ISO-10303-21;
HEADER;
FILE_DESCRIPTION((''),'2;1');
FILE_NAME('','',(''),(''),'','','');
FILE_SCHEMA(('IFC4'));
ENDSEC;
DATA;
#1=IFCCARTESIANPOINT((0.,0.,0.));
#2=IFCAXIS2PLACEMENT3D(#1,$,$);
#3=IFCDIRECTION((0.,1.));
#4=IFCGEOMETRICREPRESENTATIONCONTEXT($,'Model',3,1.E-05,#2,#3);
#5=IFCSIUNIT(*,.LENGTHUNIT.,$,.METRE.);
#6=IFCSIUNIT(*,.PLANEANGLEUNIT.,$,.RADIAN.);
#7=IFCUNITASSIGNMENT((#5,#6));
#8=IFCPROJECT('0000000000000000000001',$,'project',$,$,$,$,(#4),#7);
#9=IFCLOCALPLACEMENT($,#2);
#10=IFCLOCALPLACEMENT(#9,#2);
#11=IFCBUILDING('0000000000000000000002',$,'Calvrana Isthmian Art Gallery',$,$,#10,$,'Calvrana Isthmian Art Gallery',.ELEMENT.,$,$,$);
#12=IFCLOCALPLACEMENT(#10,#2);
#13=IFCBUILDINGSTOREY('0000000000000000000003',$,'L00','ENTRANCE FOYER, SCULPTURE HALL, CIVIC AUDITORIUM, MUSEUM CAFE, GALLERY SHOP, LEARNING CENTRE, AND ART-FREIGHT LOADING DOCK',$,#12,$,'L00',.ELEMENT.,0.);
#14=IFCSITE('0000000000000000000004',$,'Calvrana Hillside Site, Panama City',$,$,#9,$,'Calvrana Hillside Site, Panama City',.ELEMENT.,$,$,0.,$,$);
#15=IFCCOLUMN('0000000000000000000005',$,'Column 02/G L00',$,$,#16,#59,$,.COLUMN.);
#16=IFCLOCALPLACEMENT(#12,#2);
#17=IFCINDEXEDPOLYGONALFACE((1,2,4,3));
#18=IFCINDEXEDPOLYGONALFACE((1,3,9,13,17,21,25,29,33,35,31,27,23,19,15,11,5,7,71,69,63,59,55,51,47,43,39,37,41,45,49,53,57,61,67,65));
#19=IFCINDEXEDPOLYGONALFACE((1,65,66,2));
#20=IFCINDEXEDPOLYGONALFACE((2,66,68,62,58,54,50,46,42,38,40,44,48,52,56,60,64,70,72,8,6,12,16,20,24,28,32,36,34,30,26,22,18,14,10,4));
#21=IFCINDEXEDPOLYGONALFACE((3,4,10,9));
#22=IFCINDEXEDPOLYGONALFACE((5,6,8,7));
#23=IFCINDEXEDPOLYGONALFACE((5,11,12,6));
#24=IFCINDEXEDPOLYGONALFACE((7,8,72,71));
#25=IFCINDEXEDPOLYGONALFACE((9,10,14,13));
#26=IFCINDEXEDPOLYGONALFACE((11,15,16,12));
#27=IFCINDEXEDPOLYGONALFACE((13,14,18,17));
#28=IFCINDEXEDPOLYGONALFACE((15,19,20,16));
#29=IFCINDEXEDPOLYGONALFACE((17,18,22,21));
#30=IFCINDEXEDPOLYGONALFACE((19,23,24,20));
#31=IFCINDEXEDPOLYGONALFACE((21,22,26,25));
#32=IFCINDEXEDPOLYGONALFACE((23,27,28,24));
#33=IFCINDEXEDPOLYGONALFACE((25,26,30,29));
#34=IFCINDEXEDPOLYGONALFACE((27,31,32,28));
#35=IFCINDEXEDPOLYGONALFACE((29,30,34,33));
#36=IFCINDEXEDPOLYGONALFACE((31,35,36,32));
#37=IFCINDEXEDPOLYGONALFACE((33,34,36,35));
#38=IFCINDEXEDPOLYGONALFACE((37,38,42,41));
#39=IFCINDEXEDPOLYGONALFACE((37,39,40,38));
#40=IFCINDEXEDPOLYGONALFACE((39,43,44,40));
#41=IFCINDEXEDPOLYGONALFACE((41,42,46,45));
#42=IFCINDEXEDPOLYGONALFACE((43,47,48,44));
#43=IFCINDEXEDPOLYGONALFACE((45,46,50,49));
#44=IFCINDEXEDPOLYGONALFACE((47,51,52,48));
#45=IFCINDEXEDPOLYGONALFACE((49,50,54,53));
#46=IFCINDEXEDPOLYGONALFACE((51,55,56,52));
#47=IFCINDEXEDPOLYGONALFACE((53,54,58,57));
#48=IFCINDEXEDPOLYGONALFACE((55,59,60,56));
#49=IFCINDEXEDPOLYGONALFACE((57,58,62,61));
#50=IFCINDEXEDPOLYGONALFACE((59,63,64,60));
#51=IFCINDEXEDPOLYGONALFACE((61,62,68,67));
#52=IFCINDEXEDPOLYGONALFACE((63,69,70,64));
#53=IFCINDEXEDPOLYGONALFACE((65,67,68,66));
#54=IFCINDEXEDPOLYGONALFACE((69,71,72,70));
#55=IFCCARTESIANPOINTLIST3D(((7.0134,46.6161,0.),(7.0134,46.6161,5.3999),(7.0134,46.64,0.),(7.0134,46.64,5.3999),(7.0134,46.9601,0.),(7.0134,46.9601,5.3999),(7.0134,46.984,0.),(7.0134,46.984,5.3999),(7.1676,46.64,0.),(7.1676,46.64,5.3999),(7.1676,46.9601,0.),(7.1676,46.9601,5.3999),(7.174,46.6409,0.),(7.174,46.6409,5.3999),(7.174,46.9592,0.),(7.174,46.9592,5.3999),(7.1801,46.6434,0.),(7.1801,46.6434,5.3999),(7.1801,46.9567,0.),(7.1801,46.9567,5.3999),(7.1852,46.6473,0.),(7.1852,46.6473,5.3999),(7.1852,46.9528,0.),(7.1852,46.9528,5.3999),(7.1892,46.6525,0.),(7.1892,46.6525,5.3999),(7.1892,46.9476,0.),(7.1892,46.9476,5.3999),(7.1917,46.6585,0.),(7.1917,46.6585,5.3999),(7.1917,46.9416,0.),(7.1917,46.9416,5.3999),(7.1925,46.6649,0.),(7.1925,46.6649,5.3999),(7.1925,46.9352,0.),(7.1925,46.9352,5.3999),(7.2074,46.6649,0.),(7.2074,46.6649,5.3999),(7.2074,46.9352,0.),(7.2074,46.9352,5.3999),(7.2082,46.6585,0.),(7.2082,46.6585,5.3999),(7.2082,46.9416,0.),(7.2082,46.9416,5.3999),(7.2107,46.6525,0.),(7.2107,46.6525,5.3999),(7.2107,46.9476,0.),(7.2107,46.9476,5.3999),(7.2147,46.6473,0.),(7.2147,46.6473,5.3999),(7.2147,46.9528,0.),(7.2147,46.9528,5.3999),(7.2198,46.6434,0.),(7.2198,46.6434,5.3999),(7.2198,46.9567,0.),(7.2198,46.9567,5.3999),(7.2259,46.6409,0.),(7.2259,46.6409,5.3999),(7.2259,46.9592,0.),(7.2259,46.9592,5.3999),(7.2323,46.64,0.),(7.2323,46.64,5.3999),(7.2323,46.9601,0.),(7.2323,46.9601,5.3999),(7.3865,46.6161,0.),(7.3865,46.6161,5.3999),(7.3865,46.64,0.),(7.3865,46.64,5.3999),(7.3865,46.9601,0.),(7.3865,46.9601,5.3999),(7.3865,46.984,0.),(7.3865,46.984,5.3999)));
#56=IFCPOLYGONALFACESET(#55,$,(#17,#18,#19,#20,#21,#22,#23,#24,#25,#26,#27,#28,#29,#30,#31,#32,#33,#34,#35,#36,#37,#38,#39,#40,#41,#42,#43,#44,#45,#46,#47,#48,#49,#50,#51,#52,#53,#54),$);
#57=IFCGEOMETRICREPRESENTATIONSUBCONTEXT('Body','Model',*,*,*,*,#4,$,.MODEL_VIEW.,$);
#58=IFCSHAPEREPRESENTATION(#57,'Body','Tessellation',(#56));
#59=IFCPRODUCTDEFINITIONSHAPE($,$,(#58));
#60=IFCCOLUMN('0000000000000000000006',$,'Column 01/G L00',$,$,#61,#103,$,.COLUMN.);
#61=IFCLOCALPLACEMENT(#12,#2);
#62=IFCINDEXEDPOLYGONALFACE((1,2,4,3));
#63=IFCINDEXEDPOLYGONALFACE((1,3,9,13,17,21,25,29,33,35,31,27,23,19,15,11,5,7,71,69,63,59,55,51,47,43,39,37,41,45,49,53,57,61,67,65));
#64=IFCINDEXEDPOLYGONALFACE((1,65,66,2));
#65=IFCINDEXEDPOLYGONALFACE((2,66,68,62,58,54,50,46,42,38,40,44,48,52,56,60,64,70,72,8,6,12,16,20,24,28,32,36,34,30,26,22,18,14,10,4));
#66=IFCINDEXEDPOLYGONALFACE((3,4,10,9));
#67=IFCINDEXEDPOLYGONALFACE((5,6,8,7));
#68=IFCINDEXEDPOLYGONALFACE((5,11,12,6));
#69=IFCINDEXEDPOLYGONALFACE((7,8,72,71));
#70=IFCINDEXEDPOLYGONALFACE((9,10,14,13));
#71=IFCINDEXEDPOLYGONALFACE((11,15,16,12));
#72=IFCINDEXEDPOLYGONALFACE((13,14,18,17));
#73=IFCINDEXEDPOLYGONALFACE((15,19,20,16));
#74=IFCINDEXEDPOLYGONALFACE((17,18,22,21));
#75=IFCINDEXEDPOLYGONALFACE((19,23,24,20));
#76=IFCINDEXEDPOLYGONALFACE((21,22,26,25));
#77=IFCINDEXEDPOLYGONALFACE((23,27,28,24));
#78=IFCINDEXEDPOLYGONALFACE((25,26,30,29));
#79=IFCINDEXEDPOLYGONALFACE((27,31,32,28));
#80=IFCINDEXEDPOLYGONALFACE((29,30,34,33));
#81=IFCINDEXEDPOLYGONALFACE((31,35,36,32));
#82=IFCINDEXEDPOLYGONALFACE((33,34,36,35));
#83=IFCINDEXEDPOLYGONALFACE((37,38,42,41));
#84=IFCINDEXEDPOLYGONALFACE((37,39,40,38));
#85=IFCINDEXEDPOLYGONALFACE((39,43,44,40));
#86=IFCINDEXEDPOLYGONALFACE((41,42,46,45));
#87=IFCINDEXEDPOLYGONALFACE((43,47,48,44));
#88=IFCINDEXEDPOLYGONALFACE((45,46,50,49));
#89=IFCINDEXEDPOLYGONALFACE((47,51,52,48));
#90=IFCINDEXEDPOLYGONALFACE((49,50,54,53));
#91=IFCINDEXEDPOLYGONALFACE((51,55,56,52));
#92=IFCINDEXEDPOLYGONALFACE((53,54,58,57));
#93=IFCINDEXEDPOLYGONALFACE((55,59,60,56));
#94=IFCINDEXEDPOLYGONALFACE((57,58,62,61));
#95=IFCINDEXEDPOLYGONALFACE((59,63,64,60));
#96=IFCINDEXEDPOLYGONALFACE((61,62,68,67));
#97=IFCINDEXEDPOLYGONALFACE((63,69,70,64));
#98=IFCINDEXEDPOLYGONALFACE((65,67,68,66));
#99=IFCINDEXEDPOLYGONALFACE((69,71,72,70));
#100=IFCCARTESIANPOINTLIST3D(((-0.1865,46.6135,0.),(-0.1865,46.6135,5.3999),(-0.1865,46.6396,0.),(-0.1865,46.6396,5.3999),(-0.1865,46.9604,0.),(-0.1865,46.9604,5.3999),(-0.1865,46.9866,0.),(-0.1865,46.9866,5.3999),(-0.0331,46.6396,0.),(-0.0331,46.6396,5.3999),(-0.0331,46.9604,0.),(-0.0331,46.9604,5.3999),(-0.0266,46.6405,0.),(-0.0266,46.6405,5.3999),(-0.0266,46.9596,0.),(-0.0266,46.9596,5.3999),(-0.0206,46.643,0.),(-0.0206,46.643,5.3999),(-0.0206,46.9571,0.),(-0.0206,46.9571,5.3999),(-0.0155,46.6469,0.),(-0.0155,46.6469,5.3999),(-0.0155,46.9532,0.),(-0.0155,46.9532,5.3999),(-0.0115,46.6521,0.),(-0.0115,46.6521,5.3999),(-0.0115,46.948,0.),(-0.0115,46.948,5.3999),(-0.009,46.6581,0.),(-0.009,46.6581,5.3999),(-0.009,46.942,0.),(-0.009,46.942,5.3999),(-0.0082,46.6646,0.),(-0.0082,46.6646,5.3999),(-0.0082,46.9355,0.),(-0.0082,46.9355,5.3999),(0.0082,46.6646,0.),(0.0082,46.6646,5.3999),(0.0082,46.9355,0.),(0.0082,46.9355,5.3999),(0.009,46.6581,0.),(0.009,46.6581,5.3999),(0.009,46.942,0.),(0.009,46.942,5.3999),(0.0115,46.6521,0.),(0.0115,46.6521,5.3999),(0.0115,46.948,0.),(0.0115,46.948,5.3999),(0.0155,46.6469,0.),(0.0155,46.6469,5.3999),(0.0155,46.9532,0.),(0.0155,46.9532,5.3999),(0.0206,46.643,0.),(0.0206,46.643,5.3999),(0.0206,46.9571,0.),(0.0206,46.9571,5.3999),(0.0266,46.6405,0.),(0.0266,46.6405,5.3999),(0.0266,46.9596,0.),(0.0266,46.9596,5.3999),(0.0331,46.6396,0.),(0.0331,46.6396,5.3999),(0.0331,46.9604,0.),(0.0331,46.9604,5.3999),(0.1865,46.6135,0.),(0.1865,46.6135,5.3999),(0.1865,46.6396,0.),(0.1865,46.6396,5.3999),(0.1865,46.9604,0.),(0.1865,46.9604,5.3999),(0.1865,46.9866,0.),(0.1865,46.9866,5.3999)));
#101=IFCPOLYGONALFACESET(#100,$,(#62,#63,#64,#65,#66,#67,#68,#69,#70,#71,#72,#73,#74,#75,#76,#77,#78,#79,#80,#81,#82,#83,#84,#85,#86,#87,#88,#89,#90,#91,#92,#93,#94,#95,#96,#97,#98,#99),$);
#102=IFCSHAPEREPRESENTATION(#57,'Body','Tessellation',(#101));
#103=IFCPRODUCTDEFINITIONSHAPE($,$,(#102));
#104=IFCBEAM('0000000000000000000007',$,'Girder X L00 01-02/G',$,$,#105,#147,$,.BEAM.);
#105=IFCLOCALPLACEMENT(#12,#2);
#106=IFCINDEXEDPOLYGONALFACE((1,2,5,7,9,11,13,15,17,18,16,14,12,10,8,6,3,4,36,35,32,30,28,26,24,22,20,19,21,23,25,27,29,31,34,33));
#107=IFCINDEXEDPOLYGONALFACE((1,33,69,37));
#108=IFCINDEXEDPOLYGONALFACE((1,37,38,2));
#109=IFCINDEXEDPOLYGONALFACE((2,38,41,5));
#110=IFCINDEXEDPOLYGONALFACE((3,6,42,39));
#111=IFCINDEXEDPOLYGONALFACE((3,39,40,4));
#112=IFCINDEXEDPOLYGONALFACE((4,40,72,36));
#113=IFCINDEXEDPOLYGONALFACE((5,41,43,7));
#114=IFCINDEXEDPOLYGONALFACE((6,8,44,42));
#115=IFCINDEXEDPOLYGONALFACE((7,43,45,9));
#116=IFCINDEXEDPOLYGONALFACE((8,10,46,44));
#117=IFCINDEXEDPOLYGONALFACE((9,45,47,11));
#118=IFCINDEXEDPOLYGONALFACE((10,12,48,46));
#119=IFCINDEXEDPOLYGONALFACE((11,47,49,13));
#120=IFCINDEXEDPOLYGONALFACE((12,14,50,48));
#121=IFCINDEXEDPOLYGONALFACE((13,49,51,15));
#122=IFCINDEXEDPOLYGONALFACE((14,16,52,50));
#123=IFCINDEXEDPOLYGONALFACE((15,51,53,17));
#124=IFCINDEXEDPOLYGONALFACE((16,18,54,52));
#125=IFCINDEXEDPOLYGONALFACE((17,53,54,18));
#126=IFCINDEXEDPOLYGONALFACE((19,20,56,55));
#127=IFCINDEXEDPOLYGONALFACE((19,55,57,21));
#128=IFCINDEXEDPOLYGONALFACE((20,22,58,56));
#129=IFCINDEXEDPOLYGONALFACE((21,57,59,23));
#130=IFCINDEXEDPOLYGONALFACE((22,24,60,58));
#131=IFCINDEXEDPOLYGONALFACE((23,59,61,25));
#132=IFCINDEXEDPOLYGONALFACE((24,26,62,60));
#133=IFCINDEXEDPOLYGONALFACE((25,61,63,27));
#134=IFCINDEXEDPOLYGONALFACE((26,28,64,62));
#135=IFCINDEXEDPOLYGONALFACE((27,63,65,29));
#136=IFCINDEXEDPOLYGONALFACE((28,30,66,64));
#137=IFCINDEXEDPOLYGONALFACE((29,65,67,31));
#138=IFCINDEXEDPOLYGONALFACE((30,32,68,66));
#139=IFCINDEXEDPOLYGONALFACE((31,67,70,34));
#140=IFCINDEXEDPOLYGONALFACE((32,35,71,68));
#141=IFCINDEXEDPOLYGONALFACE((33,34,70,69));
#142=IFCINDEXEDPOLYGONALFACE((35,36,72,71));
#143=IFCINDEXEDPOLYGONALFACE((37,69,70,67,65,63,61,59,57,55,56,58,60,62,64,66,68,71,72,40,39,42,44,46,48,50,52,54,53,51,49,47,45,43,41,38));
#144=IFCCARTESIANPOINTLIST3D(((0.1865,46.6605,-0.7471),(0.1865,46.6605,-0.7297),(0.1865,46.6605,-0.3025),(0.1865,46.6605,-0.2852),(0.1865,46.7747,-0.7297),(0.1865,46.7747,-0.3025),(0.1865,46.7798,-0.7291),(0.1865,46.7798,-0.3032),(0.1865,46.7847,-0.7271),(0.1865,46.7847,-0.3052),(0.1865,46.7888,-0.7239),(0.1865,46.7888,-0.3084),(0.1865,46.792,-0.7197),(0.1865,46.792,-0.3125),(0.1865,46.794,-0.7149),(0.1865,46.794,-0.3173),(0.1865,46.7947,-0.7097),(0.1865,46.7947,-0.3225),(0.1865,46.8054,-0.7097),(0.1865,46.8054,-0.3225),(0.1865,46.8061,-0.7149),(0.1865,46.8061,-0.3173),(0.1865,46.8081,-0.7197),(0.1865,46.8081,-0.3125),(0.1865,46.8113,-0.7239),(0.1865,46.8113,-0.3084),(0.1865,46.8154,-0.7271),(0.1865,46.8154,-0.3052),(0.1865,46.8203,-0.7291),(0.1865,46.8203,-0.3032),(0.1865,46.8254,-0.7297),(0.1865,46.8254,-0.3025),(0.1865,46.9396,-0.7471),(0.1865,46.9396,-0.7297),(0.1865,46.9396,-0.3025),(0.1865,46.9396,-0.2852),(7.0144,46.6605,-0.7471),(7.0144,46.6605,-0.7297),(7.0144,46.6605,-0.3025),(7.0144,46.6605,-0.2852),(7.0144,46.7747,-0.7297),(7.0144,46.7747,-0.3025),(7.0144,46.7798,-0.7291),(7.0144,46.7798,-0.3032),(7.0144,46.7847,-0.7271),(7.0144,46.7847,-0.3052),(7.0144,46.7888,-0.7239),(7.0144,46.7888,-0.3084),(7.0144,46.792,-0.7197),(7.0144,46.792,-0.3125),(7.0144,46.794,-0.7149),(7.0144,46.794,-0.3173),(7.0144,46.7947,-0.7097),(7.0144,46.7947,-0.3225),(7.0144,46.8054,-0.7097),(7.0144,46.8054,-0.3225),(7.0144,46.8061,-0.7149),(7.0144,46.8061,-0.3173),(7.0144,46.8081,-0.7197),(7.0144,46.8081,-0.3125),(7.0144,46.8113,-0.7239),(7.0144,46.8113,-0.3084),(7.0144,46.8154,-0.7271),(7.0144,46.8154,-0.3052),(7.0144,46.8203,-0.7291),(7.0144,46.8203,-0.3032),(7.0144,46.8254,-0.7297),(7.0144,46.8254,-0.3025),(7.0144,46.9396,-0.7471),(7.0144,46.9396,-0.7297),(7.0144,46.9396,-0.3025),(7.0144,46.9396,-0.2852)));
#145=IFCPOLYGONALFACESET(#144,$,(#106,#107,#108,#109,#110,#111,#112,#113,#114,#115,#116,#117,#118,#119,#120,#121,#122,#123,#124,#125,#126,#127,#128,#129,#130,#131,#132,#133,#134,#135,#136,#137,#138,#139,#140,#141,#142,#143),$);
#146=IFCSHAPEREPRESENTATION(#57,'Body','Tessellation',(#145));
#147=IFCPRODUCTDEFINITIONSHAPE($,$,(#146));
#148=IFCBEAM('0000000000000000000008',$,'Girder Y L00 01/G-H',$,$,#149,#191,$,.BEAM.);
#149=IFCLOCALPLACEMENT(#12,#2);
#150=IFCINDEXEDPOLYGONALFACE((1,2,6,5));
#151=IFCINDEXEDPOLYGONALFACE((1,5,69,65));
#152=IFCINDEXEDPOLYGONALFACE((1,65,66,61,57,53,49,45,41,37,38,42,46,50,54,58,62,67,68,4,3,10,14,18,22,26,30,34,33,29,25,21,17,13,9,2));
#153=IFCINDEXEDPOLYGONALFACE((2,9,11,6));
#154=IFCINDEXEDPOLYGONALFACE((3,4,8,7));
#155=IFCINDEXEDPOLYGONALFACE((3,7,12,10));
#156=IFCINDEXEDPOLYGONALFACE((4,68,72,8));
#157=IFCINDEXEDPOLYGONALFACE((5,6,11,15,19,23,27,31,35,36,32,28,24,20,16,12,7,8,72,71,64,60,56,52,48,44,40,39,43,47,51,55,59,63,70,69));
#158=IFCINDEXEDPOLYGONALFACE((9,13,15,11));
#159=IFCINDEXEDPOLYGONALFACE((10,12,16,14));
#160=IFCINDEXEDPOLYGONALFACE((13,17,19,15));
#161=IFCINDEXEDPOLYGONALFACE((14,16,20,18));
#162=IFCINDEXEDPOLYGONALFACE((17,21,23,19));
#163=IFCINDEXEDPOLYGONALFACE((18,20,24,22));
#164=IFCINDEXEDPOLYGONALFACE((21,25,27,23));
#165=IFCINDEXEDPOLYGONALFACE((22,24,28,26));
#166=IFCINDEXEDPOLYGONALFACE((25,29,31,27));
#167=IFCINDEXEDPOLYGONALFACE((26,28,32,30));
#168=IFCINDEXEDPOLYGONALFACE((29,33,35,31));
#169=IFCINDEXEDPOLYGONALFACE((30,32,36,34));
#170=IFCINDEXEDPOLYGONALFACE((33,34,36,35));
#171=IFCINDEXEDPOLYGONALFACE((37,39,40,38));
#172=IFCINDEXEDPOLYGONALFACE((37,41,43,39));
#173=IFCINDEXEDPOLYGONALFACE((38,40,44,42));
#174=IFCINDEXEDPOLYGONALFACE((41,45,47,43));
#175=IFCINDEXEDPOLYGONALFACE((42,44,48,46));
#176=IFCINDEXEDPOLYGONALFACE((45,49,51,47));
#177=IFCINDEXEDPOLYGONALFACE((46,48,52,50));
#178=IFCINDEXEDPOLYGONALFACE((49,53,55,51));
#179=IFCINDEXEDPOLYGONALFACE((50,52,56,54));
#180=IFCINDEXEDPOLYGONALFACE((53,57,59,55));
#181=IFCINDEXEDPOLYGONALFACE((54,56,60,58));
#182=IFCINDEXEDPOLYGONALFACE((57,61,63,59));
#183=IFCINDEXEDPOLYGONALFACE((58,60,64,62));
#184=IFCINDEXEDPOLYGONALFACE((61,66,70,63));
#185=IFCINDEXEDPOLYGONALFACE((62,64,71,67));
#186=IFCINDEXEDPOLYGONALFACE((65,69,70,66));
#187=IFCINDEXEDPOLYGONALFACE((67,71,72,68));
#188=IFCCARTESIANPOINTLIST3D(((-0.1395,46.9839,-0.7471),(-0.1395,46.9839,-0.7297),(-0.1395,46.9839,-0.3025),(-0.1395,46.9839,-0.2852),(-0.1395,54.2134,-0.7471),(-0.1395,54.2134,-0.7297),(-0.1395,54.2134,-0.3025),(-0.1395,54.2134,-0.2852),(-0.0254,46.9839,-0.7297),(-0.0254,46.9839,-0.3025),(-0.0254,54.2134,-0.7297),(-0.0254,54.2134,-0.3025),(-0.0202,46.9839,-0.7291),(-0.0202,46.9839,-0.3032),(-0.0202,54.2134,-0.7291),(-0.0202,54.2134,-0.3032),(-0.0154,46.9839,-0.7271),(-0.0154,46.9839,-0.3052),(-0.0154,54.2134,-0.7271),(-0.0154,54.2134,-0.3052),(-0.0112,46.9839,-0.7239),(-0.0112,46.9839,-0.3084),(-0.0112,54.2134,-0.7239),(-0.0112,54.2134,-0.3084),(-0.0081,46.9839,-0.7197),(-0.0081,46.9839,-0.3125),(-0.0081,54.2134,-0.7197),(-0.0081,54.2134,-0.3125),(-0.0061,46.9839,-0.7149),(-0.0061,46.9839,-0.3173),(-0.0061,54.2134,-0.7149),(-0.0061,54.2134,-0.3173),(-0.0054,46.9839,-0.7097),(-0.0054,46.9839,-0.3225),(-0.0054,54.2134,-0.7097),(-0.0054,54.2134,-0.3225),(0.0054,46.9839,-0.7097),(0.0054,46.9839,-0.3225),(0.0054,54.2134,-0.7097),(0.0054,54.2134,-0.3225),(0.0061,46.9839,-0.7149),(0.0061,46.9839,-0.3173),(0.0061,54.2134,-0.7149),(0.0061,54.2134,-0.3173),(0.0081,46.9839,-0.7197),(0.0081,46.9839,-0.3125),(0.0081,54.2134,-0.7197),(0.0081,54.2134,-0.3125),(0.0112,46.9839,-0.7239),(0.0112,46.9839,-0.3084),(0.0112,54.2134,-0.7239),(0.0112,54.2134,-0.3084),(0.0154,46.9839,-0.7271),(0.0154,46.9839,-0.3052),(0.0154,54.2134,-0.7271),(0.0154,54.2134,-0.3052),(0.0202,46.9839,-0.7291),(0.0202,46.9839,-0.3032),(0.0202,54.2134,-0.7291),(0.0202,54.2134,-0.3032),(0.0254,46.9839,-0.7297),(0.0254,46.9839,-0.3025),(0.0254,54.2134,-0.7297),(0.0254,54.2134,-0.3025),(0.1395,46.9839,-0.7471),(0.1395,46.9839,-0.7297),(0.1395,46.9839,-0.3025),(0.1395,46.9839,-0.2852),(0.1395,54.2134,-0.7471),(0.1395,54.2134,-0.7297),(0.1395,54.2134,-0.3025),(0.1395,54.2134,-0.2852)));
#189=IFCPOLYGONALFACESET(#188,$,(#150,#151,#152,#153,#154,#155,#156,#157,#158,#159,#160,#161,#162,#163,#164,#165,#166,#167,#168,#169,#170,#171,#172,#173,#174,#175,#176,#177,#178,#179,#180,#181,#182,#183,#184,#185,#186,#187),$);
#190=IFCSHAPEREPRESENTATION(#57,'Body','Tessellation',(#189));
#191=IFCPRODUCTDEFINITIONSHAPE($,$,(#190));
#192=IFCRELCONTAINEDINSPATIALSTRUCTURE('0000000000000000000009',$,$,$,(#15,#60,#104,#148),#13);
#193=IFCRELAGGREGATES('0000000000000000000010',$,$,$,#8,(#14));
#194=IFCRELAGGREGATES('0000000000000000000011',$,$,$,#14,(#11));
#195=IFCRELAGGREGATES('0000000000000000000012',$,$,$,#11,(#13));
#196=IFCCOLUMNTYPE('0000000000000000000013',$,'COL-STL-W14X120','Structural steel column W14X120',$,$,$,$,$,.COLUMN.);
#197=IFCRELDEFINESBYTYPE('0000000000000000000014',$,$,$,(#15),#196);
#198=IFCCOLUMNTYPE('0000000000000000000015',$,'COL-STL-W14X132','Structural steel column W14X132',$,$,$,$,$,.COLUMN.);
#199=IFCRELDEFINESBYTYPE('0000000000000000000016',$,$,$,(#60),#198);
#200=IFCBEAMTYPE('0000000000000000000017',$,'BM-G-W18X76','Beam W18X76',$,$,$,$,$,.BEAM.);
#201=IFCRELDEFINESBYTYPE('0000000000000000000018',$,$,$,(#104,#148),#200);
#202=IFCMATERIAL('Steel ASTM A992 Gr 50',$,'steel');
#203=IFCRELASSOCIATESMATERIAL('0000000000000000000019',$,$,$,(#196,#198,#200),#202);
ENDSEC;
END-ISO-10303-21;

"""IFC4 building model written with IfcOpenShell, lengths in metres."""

from ifc_helpers import new_model, si_unit, direction, frame, origin, origin_2d, place, context, subcontext, project, spatial, i_section, extrude, material, material_profile, profile_set, type_object, element, save


model = new_model("IFC4")

# Units and contexts
model_context = context("Model", 3, precision=1e-05, world=origin(), true_north=direction((0.0, 1.0)))
body_context = subcontext(model_context, "Body", "Model", "MODEL_VIEW")
ifc_project = project(units=[si_unit("LENGTHUNIT", "METRE"), si_unit("PLANEANGLEUNIT", "RADIAN")], contexts=[model_context])

# Site, building, storey
site_placement = place(None, origin())
site = spatial("IfcSite", under=ifc_project, at=site_placement, Name="Calvrana Hillside Site, Panama City", LongName="Calvrana Hillside Site, Panama City", CompositionType="ELEMENT", RefElevation=0.0)
building_placement = place(site_placement, origin())
building = spatial("IfcBuilding", under=site, at=building_placement, Name="Calvrana Isthmian Art Gallery", LongName="Calvrana Isthmian Art Gallery", CompositionType="ELEMENT")
storey_placement = place(building_placement, origin())
storey = spatial("IfcBuildingStorey", under=building, at=storey_placement, Name="L00", Description="ENTRANCE FOYER, SCULPTURE HALL, CIVIC AUDITORIUM, MUSEUM CAFE, GALLERY SHOP, LEARNING CENTRE, AND ART-FREIGHT LOADING DOCK", LongName="L00", CompositionType="ELEMENT", Elevation=0.0)

# Columns
ifc_material_1 = material(Name="Steel ASTM A992 Gr 50", Category="steel")
ifc_material_profile_1 = material_profile(ifc_material_1, i_section(OverallWidth=0.373, OverallDepth=0.3679, WebThickness=0.0149, FlangeThickness=0.0239, FilletRadius=0.0249, at=origin_2d()), Name="W14X120")
ifc_profile_set_1 = profile_set([ifc_material_profile_1], Name="Steel ASTM A992 Gr 50")
column_type_1 = type_object("IfcColumnType", Name="COL-STL-W14X120", Description="Structural steel column W14X120", PredefinedType="COLUMN", material=ifc_profile_set_1)
column_1_placement = place(storey_placement, frame((7.2, 46.8, 0.0), z_axis=(0.0, 0.0, 1.0), x_axis=(1.0, 0.0, 0.0)))
element("IfcColumn", 1, at=column_1_placement, inside=storey, type_object=column_type_1, Name="Column 02/G L00", PredefinedType="COLUMN", context=body_context, shape_type="SweptSolid", body=[
    extrude(i_section(OverallWidth=0.373, OverallDepth=0.3679, WebThickness=0.0149, FlangeThickness=0.0239, FilletRadius=0.0249, at=origin_2d()), origin(), (0.0, 0.0, 1.0), 5.3999),
])
ifc_material_profile_2 = material_profile(ifc_material_1, i_section(OverallWidth=0.373, OverallDepth=0.373, WebThickness=0.0164, FlangeThickness=0.0261, FilletRadius=0.0249, at=origin_2d()), Name="W14X132")
ifc_profile_set_2 = profile_set([ifc_material_profile_2], Name="Steel ASTM A992 Gr 50")
column_type_2 = type_object("IfcColumnType", Name="COL-STL-W14X132", Description="Structural steel column W14X132", PredefinedType="COLUMN", material=ifc_profile_set_2)
column_2_placement = place(storey_placement, frame((0.0, 46.8, 0.0), z_axis=(0.0, 0.0, 1.0), x_axis=(1.0, 0.0, 0.0)))
element("IfcColumn", 2, at=column_2_placement, inside=storey, type_object=column_type_2, Name="Column 01/G L00", PredefinedType="COLUMN", context=body_context, shape_type="SweptSolid", body=[
    extrude(i_section(OverallWidth=0.373, OverallDepth=0.373, WebThickness=0.0164, FlangeThickness=0.0261, FilletRadius=0.0249, at=origin_2d()), origin(), (0.0, 0.0, 1.0), 5.3999),
])

# Beams
ifc_material_profile_3 = material_profile(ifc_material_1, i_section(OverallWidth=0.2791, OverallDepth=0.4619, WebThickness=0.0107, FlangeThickness=0.0173, FilletRadius=0.02, at=origin_2d()), Name="W18X76")
ifc_profile_set_3 = profile_set([ifc_material_profile_3], Name="Steel ASTM A992 Gr 50")
beam_type_1 = type_object("IfcBeamType", Name="BM-G-W18X76", Description="Beam W18X76", PredefinedType="BEAM", material=ifc_profile_set_3)
beam_1_placement = place(storey_placement, frame((0.1865, 46.8, -0.5161), z_axis=(1.0, 0.0, 0.0), x_axis=(0.0, 1.0, 0.0)))
element("IfcBeam", 3, at=beam_1_placement, inside=storey, type_object=beam_type_1, Name="Girder X L00 01-02/G", PredefinedType="BEAM", context=body_context, shape_type="SweptSolid", body=[
    extrude(i_section(OverallWidth=0.2791, OverallDepth=0.4619, WebThickness=0.0107, FlangeThickness=0.0173, FilletRadius=0.02, at=origin_2d()), origin(), (0.0, 0.0, 1.0), 6.8279),
])
beam_2_placement = place(storey_placement, frame((0.0, 46.9839, -0.5161), z_axis=(0.0, 1.0, 0.0), x_axis=(-1.0, 0.0, 0.0)))
element("IfcBeam", 4, at=beam_2_placement, inside=storey, type_object=beam_type_1, Name="Girder Y L00 01/G-H", PredefinedType="BEAM", context=body_context, shape_type="SweptSolid", body=[
    extrude(i_section(OverallWidth=0.2791, OverallDepth=0.4619, WebThickness=0.0107, FlangeThickness=0.0173, FilletRadius=0.02, at=origin_2d()), origin(), (0.0, 0.0, 1.0), 7.2295),
])

save(model, "model.ifc")
